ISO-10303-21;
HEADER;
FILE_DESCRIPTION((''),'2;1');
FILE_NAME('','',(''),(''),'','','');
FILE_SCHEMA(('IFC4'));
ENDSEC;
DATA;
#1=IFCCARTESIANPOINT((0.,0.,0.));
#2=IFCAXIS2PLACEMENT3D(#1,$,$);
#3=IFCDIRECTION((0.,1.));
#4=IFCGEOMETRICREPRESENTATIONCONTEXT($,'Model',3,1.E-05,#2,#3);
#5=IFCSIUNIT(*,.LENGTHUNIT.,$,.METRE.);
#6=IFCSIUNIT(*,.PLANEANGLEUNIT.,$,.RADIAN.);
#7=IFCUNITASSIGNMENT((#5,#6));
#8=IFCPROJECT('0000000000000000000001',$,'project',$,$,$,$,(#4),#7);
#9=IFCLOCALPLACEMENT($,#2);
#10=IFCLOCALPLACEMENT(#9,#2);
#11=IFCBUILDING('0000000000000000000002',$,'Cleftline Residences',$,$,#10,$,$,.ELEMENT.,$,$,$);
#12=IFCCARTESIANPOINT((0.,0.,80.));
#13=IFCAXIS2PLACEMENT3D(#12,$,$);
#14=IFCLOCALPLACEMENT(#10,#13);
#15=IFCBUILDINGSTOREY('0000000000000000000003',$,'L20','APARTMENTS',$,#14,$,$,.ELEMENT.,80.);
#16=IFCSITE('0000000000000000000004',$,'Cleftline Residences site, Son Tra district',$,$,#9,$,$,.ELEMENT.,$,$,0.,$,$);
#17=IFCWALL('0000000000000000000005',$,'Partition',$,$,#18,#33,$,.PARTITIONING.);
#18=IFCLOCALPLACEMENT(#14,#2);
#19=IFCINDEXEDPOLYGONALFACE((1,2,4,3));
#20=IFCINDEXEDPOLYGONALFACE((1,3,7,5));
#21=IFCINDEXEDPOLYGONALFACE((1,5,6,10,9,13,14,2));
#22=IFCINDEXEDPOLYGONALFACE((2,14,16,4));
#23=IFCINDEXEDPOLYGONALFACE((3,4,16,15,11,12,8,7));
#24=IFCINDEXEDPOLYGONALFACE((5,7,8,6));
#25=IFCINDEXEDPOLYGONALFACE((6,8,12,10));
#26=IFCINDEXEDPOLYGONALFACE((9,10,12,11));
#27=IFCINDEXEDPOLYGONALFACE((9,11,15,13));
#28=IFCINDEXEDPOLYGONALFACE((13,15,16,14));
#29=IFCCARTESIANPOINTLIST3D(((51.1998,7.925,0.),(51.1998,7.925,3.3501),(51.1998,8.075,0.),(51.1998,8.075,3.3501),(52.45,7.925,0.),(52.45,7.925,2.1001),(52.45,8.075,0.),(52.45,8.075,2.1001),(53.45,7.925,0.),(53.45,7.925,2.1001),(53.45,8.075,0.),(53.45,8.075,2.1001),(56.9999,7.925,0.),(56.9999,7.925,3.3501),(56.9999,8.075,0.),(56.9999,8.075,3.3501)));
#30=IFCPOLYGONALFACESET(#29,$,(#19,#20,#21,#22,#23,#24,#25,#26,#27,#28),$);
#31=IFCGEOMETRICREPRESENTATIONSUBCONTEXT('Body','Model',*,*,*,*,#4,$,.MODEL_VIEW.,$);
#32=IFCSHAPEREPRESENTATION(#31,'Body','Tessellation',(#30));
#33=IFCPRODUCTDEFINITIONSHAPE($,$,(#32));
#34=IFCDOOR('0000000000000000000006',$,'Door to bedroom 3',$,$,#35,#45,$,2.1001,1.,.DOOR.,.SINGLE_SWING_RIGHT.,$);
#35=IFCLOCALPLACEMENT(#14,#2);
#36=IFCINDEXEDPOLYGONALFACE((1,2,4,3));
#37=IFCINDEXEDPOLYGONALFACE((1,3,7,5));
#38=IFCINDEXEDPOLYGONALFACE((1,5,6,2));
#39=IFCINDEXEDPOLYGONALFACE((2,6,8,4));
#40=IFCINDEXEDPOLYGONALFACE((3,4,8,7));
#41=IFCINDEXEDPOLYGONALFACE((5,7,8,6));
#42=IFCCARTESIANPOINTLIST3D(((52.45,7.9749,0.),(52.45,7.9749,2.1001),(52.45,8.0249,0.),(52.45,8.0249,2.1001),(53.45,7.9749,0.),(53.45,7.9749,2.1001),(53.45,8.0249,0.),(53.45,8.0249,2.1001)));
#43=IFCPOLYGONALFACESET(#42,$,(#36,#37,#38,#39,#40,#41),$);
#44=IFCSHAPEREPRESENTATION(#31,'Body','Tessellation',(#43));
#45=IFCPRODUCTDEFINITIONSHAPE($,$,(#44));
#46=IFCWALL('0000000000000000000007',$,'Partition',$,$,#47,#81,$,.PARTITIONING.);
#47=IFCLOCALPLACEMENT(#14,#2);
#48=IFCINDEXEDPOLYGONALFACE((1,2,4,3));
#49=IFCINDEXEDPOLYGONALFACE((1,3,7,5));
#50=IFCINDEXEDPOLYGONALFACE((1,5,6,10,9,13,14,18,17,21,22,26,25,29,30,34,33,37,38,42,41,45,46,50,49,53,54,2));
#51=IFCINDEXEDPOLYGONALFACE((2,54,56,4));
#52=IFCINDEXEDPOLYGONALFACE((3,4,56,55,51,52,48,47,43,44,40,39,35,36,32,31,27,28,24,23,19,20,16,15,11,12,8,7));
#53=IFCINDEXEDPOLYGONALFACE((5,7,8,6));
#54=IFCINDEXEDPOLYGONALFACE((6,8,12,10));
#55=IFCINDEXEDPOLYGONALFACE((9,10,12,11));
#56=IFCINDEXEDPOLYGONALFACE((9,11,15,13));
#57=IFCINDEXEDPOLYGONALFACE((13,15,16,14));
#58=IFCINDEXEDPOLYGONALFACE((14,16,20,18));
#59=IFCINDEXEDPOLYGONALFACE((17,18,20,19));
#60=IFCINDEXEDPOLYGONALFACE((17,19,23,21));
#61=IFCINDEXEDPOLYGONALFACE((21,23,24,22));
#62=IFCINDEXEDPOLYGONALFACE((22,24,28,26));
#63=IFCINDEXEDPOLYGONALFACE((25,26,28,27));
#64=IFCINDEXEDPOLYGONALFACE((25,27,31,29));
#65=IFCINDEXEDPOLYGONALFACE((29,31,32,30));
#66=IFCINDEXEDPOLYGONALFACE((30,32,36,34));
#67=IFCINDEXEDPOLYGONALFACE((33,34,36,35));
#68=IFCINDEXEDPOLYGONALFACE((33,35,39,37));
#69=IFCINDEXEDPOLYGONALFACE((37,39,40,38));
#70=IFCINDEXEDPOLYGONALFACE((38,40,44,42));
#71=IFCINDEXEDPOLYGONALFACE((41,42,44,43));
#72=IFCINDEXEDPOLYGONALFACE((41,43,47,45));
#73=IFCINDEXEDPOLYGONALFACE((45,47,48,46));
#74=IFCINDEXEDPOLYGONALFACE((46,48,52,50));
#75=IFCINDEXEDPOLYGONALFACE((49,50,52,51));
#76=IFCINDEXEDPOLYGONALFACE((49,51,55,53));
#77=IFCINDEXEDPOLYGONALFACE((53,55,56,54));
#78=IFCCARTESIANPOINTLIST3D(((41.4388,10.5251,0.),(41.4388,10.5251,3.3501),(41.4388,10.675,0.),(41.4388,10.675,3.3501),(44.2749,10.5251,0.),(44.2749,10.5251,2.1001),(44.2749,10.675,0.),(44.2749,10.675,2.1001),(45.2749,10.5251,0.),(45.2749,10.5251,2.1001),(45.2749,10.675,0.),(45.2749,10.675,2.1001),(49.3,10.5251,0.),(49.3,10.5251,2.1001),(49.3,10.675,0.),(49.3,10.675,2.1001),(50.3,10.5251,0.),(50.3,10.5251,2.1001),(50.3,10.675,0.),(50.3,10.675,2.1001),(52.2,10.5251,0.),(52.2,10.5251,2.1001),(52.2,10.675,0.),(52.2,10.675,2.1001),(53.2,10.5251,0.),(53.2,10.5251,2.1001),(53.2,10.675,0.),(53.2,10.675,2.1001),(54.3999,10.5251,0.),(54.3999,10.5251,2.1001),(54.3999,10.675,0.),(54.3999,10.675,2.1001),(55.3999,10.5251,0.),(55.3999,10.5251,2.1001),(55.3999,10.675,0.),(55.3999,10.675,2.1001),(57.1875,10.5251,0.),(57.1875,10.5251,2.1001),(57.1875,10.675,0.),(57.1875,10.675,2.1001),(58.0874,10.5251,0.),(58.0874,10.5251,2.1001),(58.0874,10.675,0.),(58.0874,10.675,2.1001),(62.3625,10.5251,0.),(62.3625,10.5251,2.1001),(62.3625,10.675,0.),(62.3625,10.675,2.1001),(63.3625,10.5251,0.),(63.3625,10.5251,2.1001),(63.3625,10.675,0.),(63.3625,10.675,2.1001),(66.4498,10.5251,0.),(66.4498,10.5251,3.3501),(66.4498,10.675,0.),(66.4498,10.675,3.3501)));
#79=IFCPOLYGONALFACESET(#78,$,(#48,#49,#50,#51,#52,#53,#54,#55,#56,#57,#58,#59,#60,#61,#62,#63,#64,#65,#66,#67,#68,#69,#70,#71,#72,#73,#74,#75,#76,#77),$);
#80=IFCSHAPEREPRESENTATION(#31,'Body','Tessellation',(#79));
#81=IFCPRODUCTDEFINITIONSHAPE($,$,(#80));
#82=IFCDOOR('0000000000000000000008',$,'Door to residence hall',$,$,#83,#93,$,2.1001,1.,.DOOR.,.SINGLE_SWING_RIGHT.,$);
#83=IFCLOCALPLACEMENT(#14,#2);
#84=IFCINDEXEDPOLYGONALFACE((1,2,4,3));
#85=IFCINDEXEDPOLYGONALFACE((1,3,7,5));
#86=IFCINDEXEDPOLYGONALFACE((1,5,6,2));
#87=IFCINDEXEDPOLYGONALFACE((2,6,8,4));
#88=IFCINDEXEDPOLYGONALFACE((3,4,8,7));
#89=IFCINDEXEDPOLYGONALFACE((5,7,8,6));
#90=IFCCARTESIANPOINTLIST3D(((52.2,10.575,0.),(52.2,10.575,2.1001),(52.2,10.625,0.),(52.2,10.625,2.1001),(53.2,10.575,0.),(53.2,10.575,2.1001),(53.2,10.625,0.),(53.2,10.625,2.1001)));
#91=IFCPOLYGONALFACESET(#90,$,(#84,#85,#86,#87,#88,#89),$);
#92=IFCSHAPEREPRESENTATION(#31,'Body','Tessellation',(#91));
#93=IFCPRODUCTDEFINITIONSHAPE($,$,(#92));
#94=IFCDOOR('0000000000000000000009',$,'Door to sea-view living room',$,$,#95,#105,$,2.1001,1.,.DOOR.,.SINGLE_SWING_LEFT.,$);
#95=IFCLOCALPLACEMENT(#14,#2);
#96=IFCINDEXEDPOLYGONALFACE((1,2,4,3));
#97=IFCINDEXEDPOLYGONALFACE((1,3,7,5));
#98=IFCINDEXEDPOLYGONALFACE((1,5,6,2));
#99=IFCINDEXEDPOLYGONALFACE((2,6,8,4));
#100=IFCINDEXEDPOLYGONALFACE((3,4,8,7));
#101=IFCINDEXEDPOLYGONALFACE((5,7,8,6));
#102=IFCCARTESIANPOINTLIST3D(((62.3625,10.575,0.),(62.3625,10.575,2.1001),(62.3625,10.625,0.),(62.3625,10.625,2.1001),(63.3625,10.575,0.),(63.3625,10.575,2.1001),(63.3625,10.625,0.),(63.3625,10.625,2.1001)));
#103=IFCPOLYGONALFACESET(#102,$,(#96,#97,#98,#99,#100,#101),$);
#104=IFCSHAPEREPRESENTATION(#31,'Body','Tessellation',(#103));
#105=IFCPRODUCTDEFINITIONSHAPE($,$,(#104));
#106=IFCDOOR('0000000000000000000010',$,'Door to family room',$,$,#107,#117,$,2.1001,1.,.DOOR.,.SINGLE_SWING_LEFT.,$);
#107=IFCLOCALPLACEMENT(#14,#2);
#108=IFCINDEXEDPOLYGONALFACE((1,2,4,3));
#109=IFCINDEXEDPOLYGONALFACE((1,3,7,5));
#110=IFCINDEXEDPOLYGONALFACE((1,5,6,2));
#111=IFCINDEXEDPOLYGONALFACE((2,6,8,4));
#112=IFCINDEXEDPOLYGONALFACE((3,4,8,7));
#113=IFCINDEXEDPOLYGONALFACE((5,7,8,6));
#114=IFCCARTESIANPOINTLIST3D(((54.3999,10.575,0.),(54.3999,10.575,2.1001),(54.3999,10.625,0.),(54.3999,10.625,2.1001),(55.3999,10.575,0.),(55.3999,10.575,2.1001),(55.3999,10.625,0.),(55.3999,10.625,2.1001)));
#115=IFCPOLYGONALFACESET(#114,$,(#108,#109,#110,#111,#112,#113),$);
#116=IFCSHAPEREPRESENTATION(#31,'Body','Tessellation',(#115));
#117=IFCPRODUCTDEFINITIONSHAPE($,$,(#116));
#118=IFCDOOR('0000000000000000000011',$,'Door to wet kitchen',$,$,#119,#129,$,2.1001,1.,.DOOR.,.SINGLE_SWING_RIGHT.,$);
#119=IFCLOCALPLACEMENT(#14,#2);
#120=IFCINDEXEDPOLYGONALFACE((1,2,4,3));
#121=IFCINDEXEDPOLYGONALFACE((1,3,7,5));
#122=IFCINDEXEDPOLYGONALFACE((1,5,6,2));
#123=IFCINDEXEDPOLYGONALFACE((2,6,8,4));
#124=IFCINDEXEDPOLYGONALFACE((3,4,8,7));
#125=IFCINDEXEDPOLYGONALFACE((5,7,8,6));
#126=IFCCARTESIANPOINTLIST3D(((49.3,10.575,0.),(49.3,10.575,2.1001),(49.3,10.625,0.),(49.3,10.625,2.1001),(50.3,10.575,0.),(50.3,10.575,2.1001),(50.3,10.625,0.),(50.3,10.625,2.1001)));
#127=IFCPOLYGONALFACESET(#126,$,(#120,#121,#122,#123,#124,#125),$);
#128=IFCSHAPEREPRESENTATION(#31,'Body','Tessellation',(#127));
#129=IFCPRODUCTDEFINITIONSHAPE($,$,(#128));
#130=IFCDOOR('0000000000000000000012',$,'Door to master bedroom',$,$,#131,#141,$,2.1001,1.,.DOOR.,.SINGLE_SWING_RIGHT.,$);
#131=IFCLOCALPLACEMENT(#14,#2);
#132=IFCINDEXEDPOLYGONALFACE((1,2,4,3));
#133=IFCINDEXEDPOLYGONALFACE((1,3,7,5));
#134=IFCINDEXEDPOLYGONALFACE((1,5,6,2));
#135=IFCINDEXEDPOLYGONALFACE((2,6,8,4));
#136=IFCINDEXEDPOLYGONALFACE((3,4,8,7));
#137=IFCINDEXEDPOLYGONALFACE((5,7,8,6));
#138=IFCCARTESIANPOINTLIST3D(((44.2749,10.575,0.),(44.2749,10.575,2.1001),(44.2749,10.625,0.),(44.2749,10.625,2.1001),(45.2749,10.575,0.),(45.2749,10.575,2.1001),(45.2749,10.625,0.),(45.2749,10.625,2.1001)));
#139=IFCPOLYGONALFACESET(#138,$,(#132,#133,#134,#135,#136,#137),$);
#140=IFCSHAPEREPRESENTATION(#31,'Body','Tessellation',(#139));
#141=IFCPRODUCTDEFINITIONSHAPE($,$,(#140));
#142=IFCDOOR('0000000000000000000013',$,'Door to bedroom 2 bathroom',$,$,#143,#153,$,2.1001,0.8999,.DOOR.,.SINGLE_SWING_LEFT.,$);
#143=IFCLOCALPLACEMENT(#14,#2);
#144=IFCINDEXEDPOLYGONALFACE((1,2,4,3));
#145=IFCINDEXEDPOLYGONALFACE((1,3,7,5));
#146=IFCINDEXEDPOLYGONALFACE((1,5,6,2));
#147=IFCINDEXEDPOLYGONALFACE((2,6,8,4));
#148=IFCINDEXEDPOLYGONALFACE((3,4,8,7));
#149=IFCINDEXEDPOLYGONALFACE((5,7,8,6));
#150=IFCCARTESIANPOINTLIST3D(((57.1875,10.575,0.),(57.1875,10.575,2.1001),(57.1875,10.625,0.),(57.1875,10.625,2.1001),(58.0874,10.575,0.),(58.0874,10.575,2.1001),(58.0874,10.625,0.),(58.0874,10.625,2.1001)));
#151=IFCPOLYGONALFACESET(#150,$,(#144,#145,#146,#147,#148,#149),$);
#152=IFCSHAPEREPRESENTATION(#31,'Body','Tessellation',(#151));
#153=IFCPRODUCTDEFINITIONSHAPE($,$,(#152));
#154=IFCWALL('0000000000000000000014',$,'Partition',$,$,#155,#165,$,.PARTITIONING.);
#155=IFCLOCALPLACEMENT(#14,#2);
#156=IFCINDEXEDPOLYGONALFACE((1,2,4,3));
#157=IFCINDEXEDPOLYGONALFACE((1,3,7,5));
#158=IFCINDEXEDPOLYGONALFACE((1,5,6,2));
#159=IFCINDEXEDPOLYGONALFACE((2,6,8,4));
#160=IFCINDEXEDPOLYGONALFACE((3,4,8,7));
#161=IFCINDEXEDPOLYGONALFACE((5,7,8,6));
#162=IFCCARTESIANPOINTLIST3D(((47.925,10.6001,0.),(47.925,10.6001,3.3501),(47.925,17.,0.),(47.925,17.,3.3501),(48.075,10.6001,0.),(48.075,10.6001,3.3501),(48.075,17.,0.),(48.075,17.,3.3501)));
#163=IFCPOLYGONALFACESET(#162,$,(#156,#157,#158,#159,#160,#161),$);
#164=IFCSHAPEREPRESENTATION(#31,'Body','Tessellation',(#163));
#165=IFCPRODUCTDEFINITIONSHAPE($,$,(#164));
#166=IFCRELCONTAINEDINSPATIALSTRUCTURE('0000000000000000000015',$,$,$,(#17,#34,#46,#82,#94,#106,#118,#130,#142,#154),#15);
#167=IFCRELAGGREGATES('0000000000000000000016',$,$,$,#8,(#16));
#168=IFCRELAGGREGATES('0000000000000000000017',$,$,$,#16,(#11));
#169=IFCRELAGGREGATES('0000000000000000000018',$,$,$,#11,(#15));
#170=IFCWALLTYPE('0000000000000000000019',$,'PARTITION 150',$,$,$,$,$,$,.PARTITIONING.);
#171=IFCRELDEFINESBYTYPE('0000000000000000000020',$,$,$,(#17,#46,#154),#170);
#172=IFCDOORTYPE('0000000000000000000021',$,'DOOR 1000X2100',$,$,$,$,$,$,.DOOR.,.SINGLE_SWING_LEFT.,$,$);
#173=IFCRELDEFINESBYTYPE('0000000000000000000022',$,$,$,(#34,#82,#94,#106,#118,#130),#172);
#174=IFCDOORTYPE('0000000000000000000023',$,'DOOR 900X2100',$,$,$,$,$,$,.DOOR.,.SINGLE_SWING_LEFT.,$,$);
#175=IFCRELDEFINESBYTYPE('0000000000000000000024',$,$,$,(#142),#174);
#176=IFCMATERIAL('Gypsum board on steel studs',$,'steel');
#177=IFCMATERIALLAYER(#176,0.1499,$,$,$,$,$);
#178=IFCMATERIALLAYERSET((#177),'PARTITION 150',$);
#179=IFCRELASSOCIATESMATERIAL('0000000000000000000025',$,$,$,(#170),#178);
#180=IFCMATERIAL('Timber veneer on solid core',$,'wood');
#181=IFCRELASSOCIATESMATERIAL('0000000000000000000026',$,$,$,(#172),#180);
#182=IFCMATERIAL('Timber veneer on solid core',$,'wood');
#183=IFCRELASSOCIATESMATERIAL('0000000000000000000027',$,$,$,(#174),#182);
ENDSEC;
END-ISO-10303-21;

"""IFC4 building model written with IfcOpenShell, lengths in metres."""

from ifc_helpers import new_model, si_unit, direction, frame, frame_2d, origin, place, context, subcontext, project, spatial, rectangle, extrude, material, layer, layer_set, type_object, element, fill, save


model = new_model("IFC4")

# Units and contexts
model_context = context("Model", 3, precision=1e-05, world=origin(), true_north=direction((0.0, 1.0)))
body_context = subcontext(model_context, "Body", "Model", "MODEL_VIEW")
ifc_project = project(units=[si_unit("LENGTHUNIT", "METRE"), si_unit("PLANEANGLEUNIT", "RADIAN")], contexts=[model_context])

# Site, building, storey
site_placement = place(None, origin())
site = spatial("IfcSite", under=ifc_project, at=site_placement, Name="Cleftline Residences site, Son Tra district", CompositionType="ELEMENT", RefElevation=0.0)
building_placement = place(site_placement, origin())
building = spatial("IfcBuilding", under=site, at=building_placement, Name="Cleftline Residences", CompositionType="ELEMENT")
storey_placement = place(building_placement, frame((0.0, 0.0, 80.0)))
storey = spatial("IfcBuildingStorey", under=building, at=storey_placement, Name="L20", Description="APARTMENTS", CompositionType="ELEMENT", Elevation=80.0)

# Shared definitions
ifc_material_1 = material(Name="Gypsum board on steel studs", Category="steel")
ifc_layer_1 = layer(ifc_material_1, 0.1499)
ifc_layer_set_1 = layer_set([ifc_layer_1], Name="PARTITION 150")
wall_type = type_object("IfcWallType", Name="PARTITION 150", PredefinedType="PARTITIONING", material=ifc_layer_set_1)
ifc_material_2 = material(Name="Timber veneer on solid core", Category="wood")
door_type_1 = type_object("IfcDoorType", Name="DOOR 1000X2100", OperationType="SINGLE_SWING_LEFT", PredefinedType="DOOR", material=ifc_material_2)

# Wall, opening, door
wall_1_placement = place(storey_placement, frame((51.2, 8.0, 0.0), z_axis=(0.0, 0.0, 1.0), x_axis=(1.0, 0.0, 0.0)))
wall_1 = element("IfcWall", 1, at=wall_1_placement, inside=storey, type_object=wall_type, Name="Partition", PredefinedType="PARTITIONING", context=body_context, shape_type="SweptSolid", body=[
    extrude(rectangle(XDim=5.8, YDim=0.1499, at=frame_2d((2.8999, 0.0))), origin(), (0.0, 0.0, 1.0), 3.3501),
])
opening_1_placement = place(wall_1_placement, frame((1.25, 0.0, 0.0)))
opening_1 = element("IfcOpeningElement", 2, at=opening_1_placement, cuts=wall_1, PredefinedType="OPENING", context=body_context, shape_type="SweptSolid", body=[
    extrude(rectangle(XDim=1.0, YDim=2.1001, at=frame_2d((0.5, 1.05))), frame((0.0, 0.085, 0.0), z_axis=(0.0, -1.0, 0.0), x_axis=(1.0, 0.0, 0.0)), (0.0, 0.0, 1.0), 0.1699),
])
door_1_placement = place(opening_1_placement, origin())
door_1 = element("IfcDoor", 3, at=door_1_placement, inside=storey, type_object=door_type_1, Name="Door to bedroom 3", OperationType="SINGLE_SWING_RIGHT", OverallHeight=2.1001, OverallWidth=1.0, PredefinedType="DOOR", context=body_context, shape_type="SweptSolid", body=[
    extrude(rectangle(XDim=1.0, YDim=2.1001, at=frame_2d((0.5, 1.05))), frame((0.0, 0.0249, 0.0), z_axis=(0.0, -1.0, 0.0), x_axis=(1.0, 0.0, 0.0)), (0.0, 0.0, 1.0), 0.05),
])
fill(opening_1, door_1)

# Wall, openings, doors
wall_2_placement = place(storey_placement, frame((41.439, 10.6001, 0.0), z_axis=(0.0, 0.0, 1.0), x_axis=(1.0, 0.0, 0.0)))
wall_2 = element("IfcWall", 4, at=wall_2_placement, inside=storey, type_object=wall_type, Name="Partition", PredefinedType="PARTITIONING", context=body_context, shape_type="SweptSolid", body=[
    extrude(rectangle(XDim=25.011, YDim=0.1499, at=frame_2d((12.5054, 0.0))), origin(), (0.0, 0.0, 1.0), 3.3501),
])
opening_2_placement = place(wall_2_placement, frame((10.761, 0.0, 0.0)))
opening_2 = element("IfcOpeningElement", 5, at=opening_2_placement, cuts=wall_2, PredefinedType="OPENING", context=body_context, shape_type="SweptSolid", body=[
    extrude(rectangle(XDim=1.0, YDim=2.1001, at=frame_2d((0.5, 1.05))), frame((0.0, 0.085, 0.0), z_axis=(0.0, -1.0, 0.0), x_axis=(1.0, 0.0, 0.0)), (0.0, 0.0, 1.0), 0.1699),
])
opening_3_placement = place(wall_2_placement, frame((20.9236, 0.0, 0.0)))
opening_3 = element("IfcOpeningElement", 6, at=opening_3_placement, cuts=wall_2, PredefinedType="OPENING", context=body_context, shape_type="SweptSolid", body=[
    extrude(rectangle(XDim=1.0, YDim=2.1001, at=frame_2d((0.5, 1.05))), frame((0.0, 0.085, 0.0), z_axis=(0.0, -1.0, 0.0), x_axis=(1.0, 0.0, 0.0)), (0.0, 0.0, 1.0), 0.1699),
])
opening_4_placement = place(wall_2_placement, frame((15.7485, 0.0, 0.0)))
opening_4 = element("IfcOpeningElement", 7, at=opening_4_placement, cuts=wall_2, PredefinedType="OPENING", context=body_context, shape_type="SweptSolid", body=[
    extrude(rectangle(XDim=0.8999, YDim=2.1001, at=frame_2d((0.45, 1.05))), frame((0.0, 0.085, 0.0), z_axis=(0.0, -1.0, 0.0), x_axis=(1.0, 0.0, 0.0)), (0.0, 0.0, 1.0), 0.1699),
])
opening_5_placement = place(wall_2_placement, frame((12.9609, 0.0, 0.0)))
opening_5 = element("IfcOpeningElement", 8, at=opening_5_placement, cuts=wall_2, PredefinedType="OPENING", context=body_context, shape_type="SweptSolid", body=[
    extrude(rectangle(XDim=1.0, YDim=2.1001, at=frame_2d((0.5, 1.05))), frame((0.0, 0.085, 0.0), z_axis=(0.0, -1.0, 0.0), x_axis=(1.0, 0.0, 0.0)), (0.0, 0.0, 1.0), 0.1699),
])
opening_6_placement = place(wall_2_placement, frame((7.8611, 0.0, 0.0)))
opening_6 = element("IfcOpeningElement", 9, at=opening_6_placement, cuts=wall_2, PredefinedType="OPENING", context=body_context, shape_type="SweptSolid", body=[
    extrude(rectangle(XDim=1.0, YDim=2.1001, at=frame_2d((0.5, 1.05))), frame((0.0, 0.085, 0.0), z_axis=(0.0, -1.0, 0.0), x_axis=(1.0, 0.0, 0.0)), (0.0, 0.0, 1.0), 0.1699),
])
opening_7_placement = place(wall_2_placement, frame((2.8359, 0.0, 0.0)))
opening_7 = element("IfcOpeningElement", 10, at=opening_7_placement, cuts=wall_2, PredefinedType="OPENING", context=body_context, shape_type="SweptSolid", body=[
    extrude(rectangle(XDim=1.0, YDim=2.1001, at=frame_2d((0.5, 1.05))), frame((0.0, 0.085, 0.0), z_axis=(0.0, -1.0, 0.0), x_axis=(1.0, 0.0, 0.0)), (0.0, 0.0, 1.0), 0.1699),
])
door_2_placement = place(opening_2_placement, origin())
door_2 = element("IfcDoor", 11, at=door_2_placement, inside=storey, type_object=door_type_1, Name="Door to residence hall", OperationType="SINGLE_SWING_RIGHT", OverallHeight=2.1001, OverallWidth=1.0, PredefinedType="DOOR", context=body_context, shape_type="SweptSolid", body=[
    extrude(rectangle(XDim=1.0, YDim=2.1001, at=frame_2d((0.5, 1.05))), frame((0.0, 0.0249, 0.0), z_axis=(0.0, -1.0, 0.0), x_axis=(1.0, 0.0, 0.0)), (0.0, 0.0, 1.0), 0.05),
])
fill(opening_2, door_2)
door_3_placement = place(opening_3_placement, origin())
door_3 = element("IfcDoor", 12, at=door_3_placement, inside=storey, type_object=door_type_1, Name="Door to sea-view living room", OperationType="SINGLE_SWING_LEFT", OverallHeight=2.1001, OverallWidth=1.0, PredefinedType="DOOR", context=body_context, shape_type="SweptSolid", body=[
    extrude(rectangle(XDim=1.0, YDim=2.1001, at=frame_2d((0.5, 1.05))), frame((0.0, 0.0249, 0.0), z_axis=(0.0, -1.0, 0.0), x_axis=(1.0, 0.0, 0.0)), (0.0, 0.0, 1.0), 0.05),
])
fill(opening_3, door_3)
door_4_placement = place(opening_5_placement, origin())
door_4 = element("IfcDoor", 13, at=door_4_placement, inside=storey, type_object=door_type_1, Name="Door to family room", OperationType="SINGLE_SWING_LEFT", OverallHeight=2.1001, OverallWidth=1.0, PredefinedType="DOOR", context=body_context, shape_type="SweptSolid", body=[
    extrude(rectangle(XDim=1.0, YDim=2.1001, at=frame_2d((0.5, 1.05))), frame((0.0, 0.0249, 0.0), z_axis=(0.0, -1.0, 0.0), x_axis=(1.0, 0.0, 0.0)), (0.0, 0.0, 1.0), 0.05),
])
fill(opening_5, door_4)
door_5_placement = place(opening_6_placement, origin())
door_5 = element("IfcDoor", 14, at=door_5_placement, inside=storey, type_object=door_type_1, Name="Door to wet kitchen", OperationType="SINGLE_SWING_RIGHT", OverallHeight=2.1001, OverallWidth=1.0, PredefinedType="DOOR", context=body_context, shape_type="SweptSolid", body=[
    extrude(rectangle(XDim=1.0, YDim=2.1001, at=frame_2d((0.5, 1.05))), frame((0.0, 0.0249, 0.0), z_axis=(0.0, -1.0, 0.0), x_axis=(1.0, 0.0, 0.0)), (0.0, 0.0, 1.0), 0.05),
])
fill(opening_6, door_5)
door_6_placement = place(opening_7_placement, origin())
door_6 = element("IfcDoor", 15, at=door_6_placement, inside=storey, type_object=door_type_1, Name="Door to master bedroom", OperationType="SINGLE_SWING_RIGHT", OverallHeight=2.1001, OverallWidth=1.0, PredefinedType="DOOR", context=body_context, shape_type="SweptSolid", body=[
    extrude(rectangle(XDim=1.0, YDim=2.1001, at=frame_2d((0.5, 1.05))), frame((0.0, 0.0249, 0.0), z_axis=(0.0, -1.0, 0.0), x_axis=(1.0, 0.0, 0.0)), (0.0, 0.0, 1.0), 0.05),
])
fill(opening_7, door_6)
ifc_material_3 = material(Name="Timber veneer on solid core", Category="wood")
door_type_2 = type_object("IfcDoorType", Name="DOOR 900X2100", OperationType="SINGLE_SWING_LEFT", PredefinedType="DOOR", material=ifc_material_3)
door_7_placement = place(opening_4_placement, origin())
door_7 = element("IfcDoor", 16, at=door_7_placement, inside=storey, type_object=door_type_2, Name="Door to bedroom 2 bathroom", OperationType="SINGLE_SWING_LEFT", OverallHeight=2.1001, OverallWidth=0.8999, PredefinedType="DOOR", context=body_context, shape_type="SweptSolid", body=[
    extrude(rectangle(XDim=0.8999, YDim=2.1001, at=frame_2d((0.45, 1.05))), frame((0.0, 0.0249, 0.0), z_axis=(0.0, -1.0, 0.0), x_axis=(1.0, 0.0, 0.0)), (0.0, 0.0, 1.0), 0.05),
])
fill(opening_4, door_7)

# Wall
wall_3_placement = place(storey_placement, frame((48.0, 10.6001, 0.0), z_axis=(0.0, 0.0, 1.0), x_axis=(0.0, 1.0, 0.0)))
element("IfcWall", 17, at=wall_3_placement, inside=storey, type_object=wall_type, Name="Partition", PredefinedType="PARTITIONING", context=body_context, shape_type="SweptSolid", body=[
    extrude(rectangle(XDim=6.3999, YDim=0.1499, at=frame_2d((3.2, 0.0))), origin(), (0.0, 0.0, 1.0), 3.3501),
])

save(model, "model.ifc")
